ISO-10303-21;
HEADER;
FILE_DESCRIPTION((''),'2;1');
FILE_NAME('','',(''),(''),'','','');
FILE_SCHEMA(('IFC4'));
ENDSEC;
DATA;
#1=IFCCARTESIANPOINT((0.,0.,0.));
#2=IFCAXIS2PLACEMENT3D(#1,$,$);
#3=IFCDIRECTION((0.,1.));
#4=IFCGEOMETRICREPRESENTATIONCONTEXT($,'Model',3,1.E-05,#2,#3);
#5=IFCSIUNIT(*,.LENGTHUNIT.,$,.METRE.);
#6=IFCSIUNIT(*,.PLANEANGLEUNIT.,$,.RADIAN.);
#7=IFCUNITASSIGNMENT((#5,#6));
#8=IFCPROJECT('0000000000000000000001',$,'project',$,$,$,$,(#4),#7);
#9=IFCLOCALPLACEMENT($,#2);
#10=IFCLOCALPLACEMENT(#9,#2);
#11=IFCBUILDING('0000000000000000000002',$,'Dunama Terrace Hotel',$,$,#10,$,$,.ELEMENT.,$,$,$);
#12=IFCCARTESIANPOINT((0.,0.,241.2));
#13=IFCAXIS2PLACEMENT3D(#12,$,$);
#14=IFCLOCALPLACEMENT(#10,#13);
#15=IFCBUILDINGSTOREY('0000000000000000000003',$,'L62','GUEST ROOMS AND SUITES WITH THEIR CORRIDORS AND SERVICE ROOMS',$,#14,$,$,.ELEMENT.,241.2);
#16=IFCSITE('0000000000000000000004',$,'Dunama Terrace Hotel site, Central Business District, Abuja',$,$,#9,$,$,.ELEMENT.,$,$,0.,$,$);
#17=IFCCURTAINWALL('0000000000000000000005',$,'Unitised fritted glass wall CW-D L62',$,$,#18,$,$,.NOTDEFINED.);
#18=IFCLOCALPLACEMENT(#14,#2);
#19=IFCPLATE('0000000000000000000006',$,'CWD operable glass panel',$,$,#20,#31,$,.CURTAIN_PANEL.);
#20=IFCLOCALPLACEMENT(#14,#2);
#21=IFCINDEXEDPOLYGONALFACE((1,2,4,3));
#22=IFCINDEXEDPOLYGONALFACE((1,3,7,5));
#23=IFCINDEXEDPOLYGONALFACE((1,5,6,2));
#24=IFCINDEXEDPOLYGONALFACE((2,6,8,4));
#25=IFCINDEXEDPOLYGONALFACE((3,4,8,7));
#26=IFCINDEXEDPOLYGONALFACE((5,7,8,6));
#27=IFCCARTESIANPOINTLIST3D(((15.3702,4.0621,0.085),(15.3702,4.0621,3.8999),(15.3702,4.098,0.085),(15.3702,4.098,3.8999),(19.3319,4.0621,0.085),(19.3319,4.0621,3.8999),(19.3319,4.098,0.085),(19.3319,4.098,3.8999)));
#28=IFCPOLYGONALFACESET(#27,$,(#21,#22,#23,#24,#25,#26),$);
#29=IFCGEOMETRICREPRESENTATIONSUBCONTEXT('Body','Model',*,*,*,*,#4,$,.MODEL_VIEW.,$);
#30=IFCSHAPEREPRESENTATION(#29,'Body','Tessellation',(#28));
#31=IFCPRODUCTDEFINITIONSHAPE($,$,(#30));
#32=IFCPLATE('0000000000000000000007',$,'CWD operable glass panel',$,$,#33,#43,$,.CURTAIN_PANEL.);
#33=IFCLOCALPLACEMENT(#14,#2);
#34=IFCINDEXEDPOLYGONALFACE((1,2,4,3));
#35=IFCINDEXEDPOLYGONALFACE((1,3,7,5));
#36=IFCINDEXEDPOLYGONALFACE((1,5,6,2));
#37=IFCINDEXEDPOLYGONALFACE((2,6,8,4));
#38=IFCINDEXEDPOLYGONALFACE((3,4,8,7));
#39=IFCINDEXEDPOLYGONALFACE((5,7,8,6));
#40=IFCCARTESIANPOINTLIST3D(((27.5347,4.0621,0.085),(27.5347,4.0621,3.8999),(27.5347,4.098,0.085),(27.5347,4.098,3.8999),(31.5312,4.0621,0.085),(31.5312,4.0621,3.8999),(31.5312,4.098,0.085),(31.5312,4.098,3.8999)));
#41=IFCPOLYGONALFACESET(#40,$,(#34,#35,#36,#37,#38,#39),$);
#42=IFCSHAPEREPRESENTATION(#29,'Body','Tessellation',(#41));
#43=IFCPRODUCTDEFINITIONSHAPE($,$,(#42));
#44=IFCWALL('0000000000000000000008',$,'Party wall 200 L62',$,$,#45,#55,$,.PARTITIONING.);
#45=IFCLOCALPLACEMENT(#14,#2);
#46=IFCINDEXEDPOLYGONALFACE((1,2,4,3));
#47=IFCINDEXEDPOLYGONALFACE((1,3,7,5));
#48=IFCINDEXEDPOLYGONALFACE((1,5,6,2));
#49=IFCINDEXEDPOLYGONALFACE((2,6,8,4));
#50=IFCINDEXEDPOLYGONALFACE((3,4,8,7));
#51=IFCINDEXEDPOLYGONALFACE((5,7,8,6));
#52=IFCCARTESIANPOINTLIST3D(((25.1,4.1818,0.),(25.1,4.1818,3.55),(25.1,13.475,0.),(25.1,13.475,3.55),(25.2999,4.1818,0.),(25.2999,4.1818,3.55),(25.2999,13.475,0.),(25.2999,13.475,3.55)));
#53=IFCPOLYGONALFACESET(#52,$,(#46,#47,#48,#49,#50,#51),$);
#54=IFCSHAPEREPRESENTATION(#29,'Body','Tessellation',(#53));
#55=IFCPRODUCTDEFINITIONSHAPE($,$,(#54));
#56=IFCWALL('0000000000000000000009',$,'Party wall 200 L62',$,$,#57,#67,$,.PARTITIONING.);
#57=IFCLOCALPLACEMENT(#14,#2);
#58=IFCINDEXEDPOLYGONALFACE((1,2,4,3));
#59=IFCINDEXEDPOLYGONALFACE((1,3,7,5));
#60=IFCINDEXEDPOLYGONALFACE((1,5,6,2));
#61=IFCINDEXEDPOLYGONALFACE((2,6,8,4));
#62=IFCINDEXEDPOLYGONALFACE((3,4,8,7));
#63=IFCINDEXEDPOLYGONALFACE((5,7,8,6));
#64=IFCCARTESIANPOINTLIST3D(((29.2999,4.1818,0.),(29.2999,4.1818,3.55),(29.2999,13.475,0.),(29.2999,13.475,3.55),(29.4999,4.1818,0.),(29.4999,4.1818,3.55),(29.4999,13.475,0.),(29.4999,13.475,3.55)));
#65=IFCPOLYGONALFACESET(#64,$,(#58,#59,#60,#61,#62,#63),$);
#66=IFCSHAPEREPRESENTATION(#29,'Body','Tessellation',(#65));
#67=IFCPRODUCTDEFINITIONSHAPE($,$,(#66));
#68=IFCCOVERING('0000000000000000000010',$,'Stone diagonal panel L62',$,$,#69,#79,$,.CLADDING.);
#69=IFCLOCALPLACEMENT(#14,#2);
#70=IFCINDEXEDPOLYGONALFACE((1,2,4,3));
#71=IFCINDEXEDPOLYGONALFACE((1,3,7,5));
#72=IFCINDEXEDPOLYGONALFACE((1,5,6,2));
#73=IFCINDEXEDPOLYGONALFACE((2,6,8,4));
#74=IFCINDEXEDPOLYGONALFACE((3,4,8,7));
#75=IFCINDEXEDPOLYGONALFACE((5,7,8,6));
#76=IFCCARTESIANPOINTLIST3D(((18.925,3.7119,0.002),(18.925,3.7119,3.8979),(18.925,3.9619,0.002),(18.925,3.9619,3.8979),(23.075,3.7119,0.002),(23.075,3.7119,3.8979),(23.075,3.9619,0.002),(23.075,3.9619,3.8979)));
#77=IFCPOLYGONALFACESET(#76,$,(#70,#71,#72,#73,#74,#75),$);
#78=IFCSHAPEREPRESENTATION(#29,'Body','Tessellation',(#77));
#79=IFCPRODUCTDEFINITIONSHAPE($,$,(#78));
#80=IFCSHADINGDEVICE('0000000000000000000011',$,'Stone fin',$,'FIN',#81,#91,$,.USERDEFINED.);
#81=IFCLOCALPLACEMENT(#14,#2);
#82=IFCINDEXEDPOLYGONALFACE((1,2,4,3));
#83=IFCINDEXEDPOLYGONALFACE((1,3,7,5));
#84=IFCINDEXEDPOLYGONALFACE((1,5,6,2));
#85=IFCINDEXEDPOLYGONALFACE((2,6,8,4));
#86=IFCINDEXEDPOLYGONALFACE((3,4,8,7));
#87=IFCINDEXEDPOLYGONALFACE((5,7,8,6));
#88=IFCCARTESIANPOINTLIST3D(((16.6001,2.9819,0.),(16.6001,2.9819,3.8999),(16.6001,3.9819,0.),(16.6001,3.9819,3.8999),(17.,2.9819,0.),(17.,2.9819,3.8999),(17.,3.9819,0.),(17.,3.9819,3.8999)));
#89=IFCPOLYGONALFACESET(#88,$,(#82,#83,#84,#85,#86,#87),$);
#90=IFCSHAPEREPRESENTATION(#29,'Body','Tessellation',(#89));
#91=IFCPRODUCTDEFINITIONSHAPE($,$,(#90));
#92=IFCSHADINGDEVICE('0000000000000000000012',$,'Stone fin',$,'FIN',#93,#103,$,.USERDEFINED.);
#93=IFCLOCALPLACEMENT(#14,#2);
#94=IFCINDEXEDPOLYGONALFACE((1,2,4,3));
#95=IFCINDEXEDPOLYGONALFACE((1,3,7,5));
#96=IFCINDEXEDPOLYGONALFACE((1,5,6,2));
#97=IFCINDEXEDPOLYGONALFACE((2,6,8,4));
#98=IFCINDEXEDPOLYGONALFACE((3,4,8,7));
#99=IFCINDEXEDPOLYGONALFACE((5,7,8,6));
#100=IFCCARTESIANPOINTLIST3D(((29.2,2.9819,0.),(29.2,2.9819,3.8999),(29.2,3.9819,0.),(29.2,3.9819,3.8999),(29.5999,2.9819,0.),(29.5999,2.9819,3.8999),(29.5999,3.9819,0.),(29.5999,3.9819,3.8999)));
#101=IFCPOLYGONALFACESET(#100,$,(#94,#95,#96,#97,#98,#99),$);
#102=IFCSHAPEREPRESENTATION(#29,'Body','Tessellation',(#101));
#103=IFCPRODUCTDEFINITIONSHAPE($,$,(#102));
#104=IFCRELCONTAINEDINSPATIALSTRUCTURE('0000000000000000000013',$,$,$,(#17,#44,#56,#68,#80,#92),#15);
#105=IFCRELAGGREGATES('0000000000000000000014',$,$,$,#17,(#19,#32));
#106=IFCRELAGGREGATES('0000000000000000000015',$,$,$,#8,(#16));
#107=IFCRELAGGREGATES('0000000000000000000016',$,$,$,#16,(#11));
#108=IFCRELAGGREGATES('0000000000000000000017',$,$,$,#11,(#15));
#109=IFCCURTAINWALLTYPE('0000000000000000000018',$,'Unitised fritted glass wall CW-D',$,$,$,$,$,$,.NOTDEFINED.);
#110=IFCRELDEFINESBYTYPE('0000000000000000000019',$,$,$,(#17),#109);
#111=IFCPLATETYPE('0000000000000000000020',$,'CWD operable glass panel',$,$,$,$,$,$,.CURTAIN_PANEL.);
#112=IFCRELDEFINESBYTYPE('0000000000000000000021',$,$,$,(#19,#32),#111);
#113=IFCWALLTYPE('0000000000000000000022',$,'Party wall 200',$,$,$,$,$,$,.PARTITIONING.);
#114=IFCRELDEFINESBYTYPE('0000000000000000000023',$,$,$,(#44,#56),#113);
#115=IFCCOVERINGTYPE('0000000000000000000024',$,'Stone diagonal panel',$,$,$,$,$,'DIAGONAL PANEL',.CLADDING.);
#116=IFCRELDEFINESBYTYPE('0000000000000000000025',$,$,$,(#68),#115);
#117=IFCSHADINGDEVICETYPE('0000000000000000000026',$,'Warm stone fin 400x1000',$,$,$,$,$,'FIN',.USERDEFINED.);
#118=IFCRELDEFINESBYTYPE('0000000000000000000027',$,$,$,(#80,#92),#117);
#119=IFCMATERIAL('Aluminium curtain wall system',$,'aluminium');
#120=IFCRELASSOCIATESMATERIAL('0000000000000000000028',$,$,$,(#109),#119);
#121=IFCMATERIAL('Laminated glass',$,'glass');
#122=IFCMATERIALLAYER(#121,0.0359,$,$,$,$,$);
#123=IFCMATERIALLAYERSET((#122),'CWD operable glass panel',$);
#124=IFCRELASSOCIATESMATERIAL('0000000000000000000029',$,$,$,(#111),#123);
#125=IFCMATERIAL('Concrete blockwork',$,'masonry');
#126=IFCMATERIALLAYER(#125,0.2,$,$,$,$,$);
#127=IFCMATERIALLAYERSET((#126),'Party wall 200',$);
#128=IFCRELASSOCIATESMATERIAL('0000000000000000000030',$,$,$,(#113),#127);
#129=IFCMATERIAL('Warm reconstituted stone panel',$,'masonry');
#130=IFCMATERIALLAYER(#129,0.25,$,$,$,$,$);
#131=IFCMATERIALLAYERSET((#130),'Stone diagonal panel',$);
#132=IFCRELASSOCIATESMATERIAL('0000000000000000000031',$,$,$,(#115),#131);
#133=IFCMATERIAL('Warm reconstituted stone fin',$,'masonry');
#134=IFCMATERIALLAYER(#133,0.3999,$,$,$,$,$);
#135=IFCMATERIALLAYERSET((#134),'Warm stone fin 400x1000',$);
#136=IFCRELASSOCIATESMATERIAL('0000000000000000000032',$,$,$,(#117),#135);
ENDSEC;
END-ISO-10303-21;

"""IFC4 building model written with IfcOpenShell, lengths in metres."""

from ifc_helpers import new_model, si_unit, direction, frame, frame_2d, origin, origin_2d, place, context, subcontext, project, spatial, rectangle, extrude, material, layer, layer_set, type_object, element, aggregate, save


model = new_model("IFC4")

# Units and contexts
model_context = context("Model", 3, precision=1e-05, world=origin(), true_north=direction((0.0, 1.0)))
body_context = subcontext(model_context, "Body", "Model", "MODEL_VIEW")
ifc_project = project(units=[si_unit("LENGTHUNIT", "METRE"), si_unit("PLANEANGLEUNIT", "RADIAN")], contexts=[model_context])

# Site, building, storey
site_placement = place(None, origin())
site = spatial("IfcSite", under=ifc_project, at=site_placement, Name="Dunama Terrace Hotel site, Central Business District, Abuja", CompositionType="ELEMENT", RefElevation=0.0)
building_placement = place(site_placement, origin())
building = spatial("IfcBuilding", under=site, at=building_placement, Name="Dunama Terrace Hotel", CompositionType="ELEMENT")
storey_placement = place(building_placement, frame((0.0, 0.0, 241.2)))
storey = spatial("IfcBuildingStorey", under=building, at=storey_placement, Name="L62", Description="GUEST ROOMS AND SUITES WITH THEIR CORRIDORS AND SERVICE ROOMS", CompositionType="ELEMENT", Elevation=241.2)

# Curtain wall
ifc_material_1 = material(Name="Aluminium curtain wall system", Category="aluminium")
curtain_wall_type = type_object("IfcCurtainWallType", Name="Unitised fritted glass wall CW-D", PredefinedType="NOTDEFINED", material=ifc_material_1)
curtain_wall_placement = place(storey_placement, origin())
curtain_wall = element("IfcCurtainWall", 1, at=curtain_wall_placement, inside=storey, type_object=curtain_wall_type, Name="Unitised fritted glass wall CW-D L62", PredefinedType="NOTDEFINED")

# Plates
ifc_material_2 = material(Name="Laminated glass", Category="glass")
ifc_layer_1 = layer(ifc_material_2, 0.0359)
ifc_layer_set_1 = layer_set([ifc_layer_1], Name="CWD operable glass panel")
plate_type_1 = type_object("IfcPlateType", Name="CWD operable glass panel", PredefinedType="CURTAIN_PANEL", material=ifc_layer_set_1)
plate_1_placement = place(storey_placement, frame((17.3511, 4.0801, 0.085), z_axis=(0.0, 0.0, 1.0), x_axis=(1.0, 0.0, 0.0)))
plate_1 = element("IfcPlate", 2, at=plate_1_placement, type_object=plate_type_1, Name="CWD operable glass panel", PredefinedType="CURTAIN_PANEL", context=body_context, shape_type="SweptSolid", body=[
    extrude(rectangle(XDim=3.9617, YDim=0.0359, at=origin_2d()), origin(), (0.0, 0.0, 1.0), 3.8149),
])
plate_2_placement = place(storey_placement, frame((29.533, 4.0801, 0.085), z_axis=(0.0, 0.0, 1.0), x_axis=(1.0, 0.0, 0.0)))
plate_2 = element("IfcPlate", 3, at=plate_2_placement, type_object=plate_type_1, Name="CWD operable glass panel", PredefinedType="CURTAIN_PANEL", context=body_context, shape_type="SweptSolid", body=[
    extrude(rectangle(XDim=3.9966, YDim=0.0359, at=origin_2d()), origin(), (0.0, 0.0, 1.0), 3.8149),
])
aggregate(curtain_wall, [plate_1, plate_2])

# Walls
ifc_material_3 = material(Name="Concrete blockwork", Category="masonry")
ifc_layer_2 = layer(ifc_material_3, 0.2)
ifc_layer_set_2 = layer_set([ifc_layer_2], Name="Party wall 200")
wall_type = type_object("IfcWallType", Name="Party wall 200", PredefinedType="PARTITIONING", material=ifc_layer_set_2)
for number, where, z_axis, x_axis, name in (
    (4, (25.2, 4.1819, 0.0), (0.0, 0.0, 1.0), (0.0, 1.0, 0.0), "Party wall 200 L62"),
    (5, (29.3999, 4.1819, 0.0), (0.0, 0.0, 1.0), (0.0, 1.0, 0.0), "Party wall 200 L62"),
):
    element("IfcWall", number, at=place(storey_placement, frame(where, z_axis=z_axis, x_axis=x_axis)), inside=storey, type_object=wall_type, Name=name, PredefinedType="PARTITIONING", context=body_context, shape_type="SweptSolid", body=[
        extrude(rectangle(XDim=9.2932, YDim=0.2, at=frame_2d((4.6465, 0.0))), origin(), (0.0, 0.0, 1.0), 3.55),
    ])

# Covering
ifc_material_4 = material(Name="Warm reconstituted stone panel", Category="masonry")
ifc_layer_3 = layer(ifc_material_4, 0.25)
ifc_layer_set_3 = layer_set([ifc_layer_3], Name="Stone diagonal panel")
covering_type = type_object("IfcCoveringType", Name="Stone diagonal panel", ElementType="DIAGONAL PANEL", PredefinedType="CLADDING", material=ifc_layer_set_3)
covering_placement = place(storey_placement, frame((21.0, 3.8369, 0.002), z_axis=(0.0, 0.0, 1.0), x_axis=(1.0, 0.0, 0.0)))
element("IfcCovering", 6, at=covering_placement, inside=storey, type_object=covering_type, Name="Stone diagonal panel L62", PredefinedType="CLADDING", context=body_context, shape_type="SweptSolid", body=[
    extrude(rectangle(XDim=4.1499, YDim=0.25, at=origin_2d()), origin(), (0.0, 0.0, 1.0), 3.896),
])

# Shading devices
ifc_material_5 = material(Name="Warm reconstituted stone fin", Category="masonry")
ifc_layer_4 = layer(ifc_material_5, 0.3999)
ifc_layer_set_4 = layer_set([ifc_layer_4], Name="Warm stone fin 400x1000")
shading_device_type = type_object("IfcShadingDeviceType", Name="Warm stone fin 400x1000", ElementType="FIN", PredefinedType="USERDEFINED", material=ifc_layer_set_4)
for number, where, z_axis, x_axis, name in (
    (7, (16.8, 3.4819, 0.0), (0.0, 0.0, 1.0), (1.0, 0.0, 0.0), "Stone fin"),
    (8, (29.3999, 3.4819, 0.0), (0.0, 0.0, 1.0), (1.0, 0.0, 0.0), "Stone fin"),
):
    element("IfcShadingDevice", number, at=place(storey_placement, frame(where, z_axis=z_axis, x_axis=x_axis)), inside=storey, type_object=shading_device_type, Name=name, ObjectType="FIN", PredefinedType="USERDEFINED", context=body_context, shape_type="SweptSolid", body=[
        extrude(rectangle(XDim=0.3999, YDim=1.0, at=origin_2d()), origin(), (0.0, 0.0, 1.0), 3.8999),
    ])

save(model, "model.ifc")
